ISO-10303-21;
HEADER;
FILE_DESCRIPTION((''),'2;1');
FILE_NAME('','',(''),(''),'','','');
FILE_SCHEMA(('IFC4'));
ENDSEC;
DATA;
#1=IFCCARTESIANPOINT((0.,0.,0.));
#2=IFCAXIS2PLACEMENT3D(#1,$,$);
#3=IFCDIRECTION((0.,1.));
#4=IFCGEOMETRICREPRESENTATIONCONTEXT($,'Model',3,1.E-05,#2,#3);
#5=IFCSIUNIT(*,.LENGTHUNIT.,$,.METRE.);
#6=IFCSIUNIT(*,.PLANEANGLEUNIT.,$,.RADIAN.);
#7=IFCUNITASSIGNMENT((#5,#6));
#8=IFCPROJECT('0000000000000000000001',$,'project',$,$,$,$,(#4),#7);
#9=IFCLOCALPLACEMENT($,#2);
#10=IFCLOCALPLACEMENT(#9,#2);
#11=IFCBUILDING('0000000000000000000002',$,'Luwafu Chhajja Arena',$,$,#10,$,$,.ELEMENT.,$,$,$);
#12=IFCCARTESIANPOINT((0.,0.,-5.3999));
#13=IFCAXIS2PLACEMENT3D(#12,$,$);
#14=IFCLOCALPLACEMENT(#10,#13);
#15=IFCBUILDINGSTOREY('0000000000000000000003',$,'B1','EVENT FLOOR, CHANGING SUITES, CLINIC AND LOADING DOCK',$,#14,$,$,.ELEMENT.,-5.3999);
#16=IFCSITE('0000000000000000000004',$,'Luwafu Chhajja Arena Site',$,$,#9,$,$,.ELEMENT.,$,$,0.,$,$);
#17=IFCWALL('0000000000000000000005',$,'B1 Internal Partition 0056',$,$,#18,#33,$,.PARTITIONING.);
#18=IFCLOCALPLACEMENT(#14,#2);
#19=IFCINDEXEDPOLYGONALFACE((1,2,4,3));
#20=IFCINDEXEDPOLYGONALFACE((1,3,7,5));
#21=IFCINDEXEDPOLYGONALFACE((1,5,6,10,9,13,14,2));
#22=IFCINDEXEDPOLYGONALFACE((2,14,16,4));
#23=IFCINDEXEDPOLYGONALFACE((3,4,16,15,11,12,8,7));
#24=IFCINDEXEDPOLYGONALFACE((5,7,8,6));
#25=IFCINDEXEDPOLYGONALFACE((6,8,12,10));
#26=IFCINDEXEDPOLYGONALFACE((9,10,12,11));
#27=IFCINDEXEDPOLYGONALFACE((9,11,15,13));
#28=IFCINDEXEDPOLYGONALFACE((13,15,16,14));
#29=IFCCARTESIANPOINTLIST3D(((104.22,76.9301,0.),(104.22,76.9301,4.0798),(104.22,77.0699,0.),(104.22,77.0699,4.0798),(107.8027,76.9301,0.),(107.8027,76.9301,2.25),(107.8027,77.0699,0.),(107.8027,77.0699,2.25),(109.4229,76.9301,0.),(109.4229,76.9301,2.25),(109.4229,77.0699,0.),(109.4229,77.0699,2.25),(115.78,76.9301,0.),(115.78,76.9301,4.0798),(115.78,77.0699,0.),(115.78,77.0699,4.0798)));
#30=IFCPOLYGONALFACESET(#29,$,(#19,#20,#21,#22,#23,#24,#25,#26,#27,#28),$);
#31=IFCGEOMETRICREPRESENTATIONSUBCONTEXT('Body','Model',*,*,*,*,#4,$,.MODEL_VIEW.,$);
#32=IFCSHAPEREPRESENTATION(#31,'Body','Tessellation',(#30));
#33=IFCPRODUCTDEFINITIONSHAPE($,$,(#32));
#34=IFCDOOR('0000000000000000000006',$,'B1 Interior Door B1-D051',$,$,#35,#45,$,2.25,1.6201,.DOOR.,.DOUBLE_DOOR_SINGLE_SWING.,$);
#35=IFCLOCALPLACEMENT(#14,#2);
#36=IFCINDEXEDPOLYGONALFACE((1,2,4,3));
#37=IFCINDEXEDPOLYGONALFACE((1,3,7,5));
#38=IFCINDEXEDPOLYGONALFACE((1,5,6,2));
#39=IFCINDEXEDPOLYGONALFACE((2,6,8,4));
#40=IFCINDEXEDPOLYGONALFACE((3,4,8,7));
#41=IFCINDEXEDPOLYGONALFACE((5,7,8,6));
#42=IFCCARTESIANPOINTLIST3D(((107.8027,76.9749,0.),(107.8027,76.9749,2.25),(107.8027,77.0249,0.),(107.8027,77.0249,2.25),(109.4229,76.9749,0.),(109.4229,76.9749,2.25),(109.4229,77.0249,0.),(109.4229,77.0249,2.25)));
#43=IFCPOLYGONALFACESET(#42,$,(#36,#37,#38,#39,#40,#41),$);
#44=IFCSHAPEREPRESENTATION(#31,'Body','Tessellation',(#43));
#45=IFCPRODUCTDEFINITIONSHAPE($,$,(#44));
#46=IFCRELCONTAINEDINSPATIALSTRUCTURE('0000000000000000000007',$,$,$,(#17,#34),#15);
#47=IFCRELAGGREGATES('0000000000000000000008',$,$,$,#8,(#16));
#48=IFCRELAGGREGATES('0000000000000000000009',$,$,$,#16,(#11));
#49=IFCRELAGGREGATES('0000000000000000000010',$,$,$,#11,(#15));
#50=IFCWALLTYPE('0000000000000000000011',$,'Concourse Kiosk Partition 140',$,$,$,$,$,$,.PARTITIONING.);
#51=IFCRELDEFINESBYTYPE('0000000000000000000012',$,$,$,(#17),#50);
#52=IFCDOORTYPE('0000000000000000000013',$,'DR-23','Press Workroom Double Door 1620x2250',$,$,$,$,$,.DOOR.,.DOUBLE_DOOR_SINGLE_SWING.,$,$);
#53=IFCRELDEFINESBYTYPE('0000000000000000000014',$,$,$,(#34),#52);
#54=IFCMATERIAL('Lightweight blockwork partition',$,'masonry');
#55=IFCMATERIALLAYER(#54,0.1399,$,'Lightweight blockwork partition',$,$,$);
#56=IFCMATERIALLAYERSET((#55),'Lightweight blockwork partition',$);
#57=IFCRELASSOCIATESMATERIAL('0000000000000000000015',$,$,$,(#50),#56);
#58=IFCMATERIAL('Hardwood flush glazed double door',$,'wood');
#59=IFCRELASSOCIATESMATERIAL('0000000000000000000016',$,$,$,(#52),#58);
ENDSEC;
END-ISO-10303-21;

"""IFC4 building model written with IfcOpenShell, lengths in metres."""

from ifc_helpers import new_model, si_unit, direction, frame, frame_2d, origin, place, context, subcontext, project, spatial, rectangle, extrude, material, layer, layer_set, type_object, element, fill, save


model = new_model("IFC4")

# Units and contexts
model_context = context("Model", 3, precision=1e-05, world=origin(), true_north=direction((0.0, 1.0)))
body_context = subcontext(model_context, "Body", "Model", "MODEL_VIEW")
ifc_project = project(units=[si_unit("LENGTHUNIT", "METRE"), si_unit("PLANEANGLEUNIT", "RADIAN")], contexts=[model_context])

# Site, building, storey
site_placement = place(None, origin())
site = spatial("IfcSite", under=ifc_project, at=site_placement, Name="Luwafu Chhajja Arena Site", CompositionType="ELEMENT", RefElevation=0.0)
building_placement = place(site_placement, origin())
building = spatial("IfcBuilding", under=site, at=building_placement, Name="Luwafu Chhajja Arena", CompositionType="ELEMENT")
storey_placement = place(building_placement, frame((0.0, 0.0, -5.3999)))
storey = spatial("IfcBuildingStorey", under=building, at=storey_placement, Name="B1", Description="EVENT FLOOR, CHANGING SUITES, CLINIC AND LOADING DOCK", CompositionType="ELEMENT", Elevation=-5.3999)

# Wall, opening, door
ifc_material_1 = material(Name="Lightweight blockwork partition", Category="masonry")
ifc_layer_1 = layer(ifc_material_1, 0.1399, Name="Lightweight blockwork partition")
ifc_layer_set_1 = layer_set([ifc_layer_1], Name="Lightweight blockwork partition")
wall_type_1 = type_object("IfcWallType", Name="Concourse Kiosk Partition 140", PredefinedType="PARTITIONING", material=ifc_layer_set_1)
wall_1_placement = place(storey_placement, frame((104.22, 77.0, 0.0), z_axis=(0.0, 0.0, 1.0), x_axis=(1.0, 0.0, 0.0)))
wall_1 = element("IfcWall", 1, at=wall_1_placement, inside=storey, type_object=wall_type_1, Name="B1 Internal Partition 0056", PredefinedType="PARTITIONING", context=body_context, shape_type="SweptSolid", body=[
    extrude(rectangle(XDim=11.5601, YDim=0.1399, at=frame_2d((5.78, 0.0))), origin(), (0.0, 0.0, 1.0), 4.0798),
])
opening_placement = place(wall_1_placement, frame((3.5828, 0.0, 0.0)))
opening = element("IfcOpeningElement", 2, at=opening_placement, cuts=wall_1, PredefinedType="OPENING", context=body_context, shape_type="SweptSolid", body=[
    extrude(rectangle(XDim=1.6201, YDim=2.25, at=frame_2d((0.8101, 1.125))), frame((0.0, 0.0798, 0.0), z_axis=(0.0, -1.0, 0.0), x_axis=(1.0, 0.0, 0.0)), (0.0, 0.0, 1.0), 0.1599),
])
ifc_material_2 = material(Name="Hardwood flush glazed double door", Category="wood")
door_type = type_object("IfcDoorType", Name="DR-23", Description="Press Workroom Double Door 1620x2250", OperationType="DOUBLE_DOOR_SINGLE_SWING", PredefinedType="DOOR", material=ifc_material_2)
door_placement = place(opening_placement, origin())
door = element("IfcDoor", 3, at=door_placement, inside=storey, type_object=door_type, Name="B1 Interior Door B1-D051", OperationType="DOUBLE_DOOR_SINGLE_SWING", OverallHeight=2.25, OverallWidth=1.6201, PredefinedType="DOOR", context=body_context, shape_type="SweptSolid", body=[
    extrude(rectangle(XDim=1.6201, YDim=2.25, at=frame_2d((0.8101, 1.125))), frame((0.0, 0.0249, 0.0), z_axis=(0.0, -1.0, 0.0), x_axis=(1.0, 0.0, 0.0)), (0.0, 0.0, 1.0), 0.05),
])
fill(opening, door)

save(model, "model.ifc")
